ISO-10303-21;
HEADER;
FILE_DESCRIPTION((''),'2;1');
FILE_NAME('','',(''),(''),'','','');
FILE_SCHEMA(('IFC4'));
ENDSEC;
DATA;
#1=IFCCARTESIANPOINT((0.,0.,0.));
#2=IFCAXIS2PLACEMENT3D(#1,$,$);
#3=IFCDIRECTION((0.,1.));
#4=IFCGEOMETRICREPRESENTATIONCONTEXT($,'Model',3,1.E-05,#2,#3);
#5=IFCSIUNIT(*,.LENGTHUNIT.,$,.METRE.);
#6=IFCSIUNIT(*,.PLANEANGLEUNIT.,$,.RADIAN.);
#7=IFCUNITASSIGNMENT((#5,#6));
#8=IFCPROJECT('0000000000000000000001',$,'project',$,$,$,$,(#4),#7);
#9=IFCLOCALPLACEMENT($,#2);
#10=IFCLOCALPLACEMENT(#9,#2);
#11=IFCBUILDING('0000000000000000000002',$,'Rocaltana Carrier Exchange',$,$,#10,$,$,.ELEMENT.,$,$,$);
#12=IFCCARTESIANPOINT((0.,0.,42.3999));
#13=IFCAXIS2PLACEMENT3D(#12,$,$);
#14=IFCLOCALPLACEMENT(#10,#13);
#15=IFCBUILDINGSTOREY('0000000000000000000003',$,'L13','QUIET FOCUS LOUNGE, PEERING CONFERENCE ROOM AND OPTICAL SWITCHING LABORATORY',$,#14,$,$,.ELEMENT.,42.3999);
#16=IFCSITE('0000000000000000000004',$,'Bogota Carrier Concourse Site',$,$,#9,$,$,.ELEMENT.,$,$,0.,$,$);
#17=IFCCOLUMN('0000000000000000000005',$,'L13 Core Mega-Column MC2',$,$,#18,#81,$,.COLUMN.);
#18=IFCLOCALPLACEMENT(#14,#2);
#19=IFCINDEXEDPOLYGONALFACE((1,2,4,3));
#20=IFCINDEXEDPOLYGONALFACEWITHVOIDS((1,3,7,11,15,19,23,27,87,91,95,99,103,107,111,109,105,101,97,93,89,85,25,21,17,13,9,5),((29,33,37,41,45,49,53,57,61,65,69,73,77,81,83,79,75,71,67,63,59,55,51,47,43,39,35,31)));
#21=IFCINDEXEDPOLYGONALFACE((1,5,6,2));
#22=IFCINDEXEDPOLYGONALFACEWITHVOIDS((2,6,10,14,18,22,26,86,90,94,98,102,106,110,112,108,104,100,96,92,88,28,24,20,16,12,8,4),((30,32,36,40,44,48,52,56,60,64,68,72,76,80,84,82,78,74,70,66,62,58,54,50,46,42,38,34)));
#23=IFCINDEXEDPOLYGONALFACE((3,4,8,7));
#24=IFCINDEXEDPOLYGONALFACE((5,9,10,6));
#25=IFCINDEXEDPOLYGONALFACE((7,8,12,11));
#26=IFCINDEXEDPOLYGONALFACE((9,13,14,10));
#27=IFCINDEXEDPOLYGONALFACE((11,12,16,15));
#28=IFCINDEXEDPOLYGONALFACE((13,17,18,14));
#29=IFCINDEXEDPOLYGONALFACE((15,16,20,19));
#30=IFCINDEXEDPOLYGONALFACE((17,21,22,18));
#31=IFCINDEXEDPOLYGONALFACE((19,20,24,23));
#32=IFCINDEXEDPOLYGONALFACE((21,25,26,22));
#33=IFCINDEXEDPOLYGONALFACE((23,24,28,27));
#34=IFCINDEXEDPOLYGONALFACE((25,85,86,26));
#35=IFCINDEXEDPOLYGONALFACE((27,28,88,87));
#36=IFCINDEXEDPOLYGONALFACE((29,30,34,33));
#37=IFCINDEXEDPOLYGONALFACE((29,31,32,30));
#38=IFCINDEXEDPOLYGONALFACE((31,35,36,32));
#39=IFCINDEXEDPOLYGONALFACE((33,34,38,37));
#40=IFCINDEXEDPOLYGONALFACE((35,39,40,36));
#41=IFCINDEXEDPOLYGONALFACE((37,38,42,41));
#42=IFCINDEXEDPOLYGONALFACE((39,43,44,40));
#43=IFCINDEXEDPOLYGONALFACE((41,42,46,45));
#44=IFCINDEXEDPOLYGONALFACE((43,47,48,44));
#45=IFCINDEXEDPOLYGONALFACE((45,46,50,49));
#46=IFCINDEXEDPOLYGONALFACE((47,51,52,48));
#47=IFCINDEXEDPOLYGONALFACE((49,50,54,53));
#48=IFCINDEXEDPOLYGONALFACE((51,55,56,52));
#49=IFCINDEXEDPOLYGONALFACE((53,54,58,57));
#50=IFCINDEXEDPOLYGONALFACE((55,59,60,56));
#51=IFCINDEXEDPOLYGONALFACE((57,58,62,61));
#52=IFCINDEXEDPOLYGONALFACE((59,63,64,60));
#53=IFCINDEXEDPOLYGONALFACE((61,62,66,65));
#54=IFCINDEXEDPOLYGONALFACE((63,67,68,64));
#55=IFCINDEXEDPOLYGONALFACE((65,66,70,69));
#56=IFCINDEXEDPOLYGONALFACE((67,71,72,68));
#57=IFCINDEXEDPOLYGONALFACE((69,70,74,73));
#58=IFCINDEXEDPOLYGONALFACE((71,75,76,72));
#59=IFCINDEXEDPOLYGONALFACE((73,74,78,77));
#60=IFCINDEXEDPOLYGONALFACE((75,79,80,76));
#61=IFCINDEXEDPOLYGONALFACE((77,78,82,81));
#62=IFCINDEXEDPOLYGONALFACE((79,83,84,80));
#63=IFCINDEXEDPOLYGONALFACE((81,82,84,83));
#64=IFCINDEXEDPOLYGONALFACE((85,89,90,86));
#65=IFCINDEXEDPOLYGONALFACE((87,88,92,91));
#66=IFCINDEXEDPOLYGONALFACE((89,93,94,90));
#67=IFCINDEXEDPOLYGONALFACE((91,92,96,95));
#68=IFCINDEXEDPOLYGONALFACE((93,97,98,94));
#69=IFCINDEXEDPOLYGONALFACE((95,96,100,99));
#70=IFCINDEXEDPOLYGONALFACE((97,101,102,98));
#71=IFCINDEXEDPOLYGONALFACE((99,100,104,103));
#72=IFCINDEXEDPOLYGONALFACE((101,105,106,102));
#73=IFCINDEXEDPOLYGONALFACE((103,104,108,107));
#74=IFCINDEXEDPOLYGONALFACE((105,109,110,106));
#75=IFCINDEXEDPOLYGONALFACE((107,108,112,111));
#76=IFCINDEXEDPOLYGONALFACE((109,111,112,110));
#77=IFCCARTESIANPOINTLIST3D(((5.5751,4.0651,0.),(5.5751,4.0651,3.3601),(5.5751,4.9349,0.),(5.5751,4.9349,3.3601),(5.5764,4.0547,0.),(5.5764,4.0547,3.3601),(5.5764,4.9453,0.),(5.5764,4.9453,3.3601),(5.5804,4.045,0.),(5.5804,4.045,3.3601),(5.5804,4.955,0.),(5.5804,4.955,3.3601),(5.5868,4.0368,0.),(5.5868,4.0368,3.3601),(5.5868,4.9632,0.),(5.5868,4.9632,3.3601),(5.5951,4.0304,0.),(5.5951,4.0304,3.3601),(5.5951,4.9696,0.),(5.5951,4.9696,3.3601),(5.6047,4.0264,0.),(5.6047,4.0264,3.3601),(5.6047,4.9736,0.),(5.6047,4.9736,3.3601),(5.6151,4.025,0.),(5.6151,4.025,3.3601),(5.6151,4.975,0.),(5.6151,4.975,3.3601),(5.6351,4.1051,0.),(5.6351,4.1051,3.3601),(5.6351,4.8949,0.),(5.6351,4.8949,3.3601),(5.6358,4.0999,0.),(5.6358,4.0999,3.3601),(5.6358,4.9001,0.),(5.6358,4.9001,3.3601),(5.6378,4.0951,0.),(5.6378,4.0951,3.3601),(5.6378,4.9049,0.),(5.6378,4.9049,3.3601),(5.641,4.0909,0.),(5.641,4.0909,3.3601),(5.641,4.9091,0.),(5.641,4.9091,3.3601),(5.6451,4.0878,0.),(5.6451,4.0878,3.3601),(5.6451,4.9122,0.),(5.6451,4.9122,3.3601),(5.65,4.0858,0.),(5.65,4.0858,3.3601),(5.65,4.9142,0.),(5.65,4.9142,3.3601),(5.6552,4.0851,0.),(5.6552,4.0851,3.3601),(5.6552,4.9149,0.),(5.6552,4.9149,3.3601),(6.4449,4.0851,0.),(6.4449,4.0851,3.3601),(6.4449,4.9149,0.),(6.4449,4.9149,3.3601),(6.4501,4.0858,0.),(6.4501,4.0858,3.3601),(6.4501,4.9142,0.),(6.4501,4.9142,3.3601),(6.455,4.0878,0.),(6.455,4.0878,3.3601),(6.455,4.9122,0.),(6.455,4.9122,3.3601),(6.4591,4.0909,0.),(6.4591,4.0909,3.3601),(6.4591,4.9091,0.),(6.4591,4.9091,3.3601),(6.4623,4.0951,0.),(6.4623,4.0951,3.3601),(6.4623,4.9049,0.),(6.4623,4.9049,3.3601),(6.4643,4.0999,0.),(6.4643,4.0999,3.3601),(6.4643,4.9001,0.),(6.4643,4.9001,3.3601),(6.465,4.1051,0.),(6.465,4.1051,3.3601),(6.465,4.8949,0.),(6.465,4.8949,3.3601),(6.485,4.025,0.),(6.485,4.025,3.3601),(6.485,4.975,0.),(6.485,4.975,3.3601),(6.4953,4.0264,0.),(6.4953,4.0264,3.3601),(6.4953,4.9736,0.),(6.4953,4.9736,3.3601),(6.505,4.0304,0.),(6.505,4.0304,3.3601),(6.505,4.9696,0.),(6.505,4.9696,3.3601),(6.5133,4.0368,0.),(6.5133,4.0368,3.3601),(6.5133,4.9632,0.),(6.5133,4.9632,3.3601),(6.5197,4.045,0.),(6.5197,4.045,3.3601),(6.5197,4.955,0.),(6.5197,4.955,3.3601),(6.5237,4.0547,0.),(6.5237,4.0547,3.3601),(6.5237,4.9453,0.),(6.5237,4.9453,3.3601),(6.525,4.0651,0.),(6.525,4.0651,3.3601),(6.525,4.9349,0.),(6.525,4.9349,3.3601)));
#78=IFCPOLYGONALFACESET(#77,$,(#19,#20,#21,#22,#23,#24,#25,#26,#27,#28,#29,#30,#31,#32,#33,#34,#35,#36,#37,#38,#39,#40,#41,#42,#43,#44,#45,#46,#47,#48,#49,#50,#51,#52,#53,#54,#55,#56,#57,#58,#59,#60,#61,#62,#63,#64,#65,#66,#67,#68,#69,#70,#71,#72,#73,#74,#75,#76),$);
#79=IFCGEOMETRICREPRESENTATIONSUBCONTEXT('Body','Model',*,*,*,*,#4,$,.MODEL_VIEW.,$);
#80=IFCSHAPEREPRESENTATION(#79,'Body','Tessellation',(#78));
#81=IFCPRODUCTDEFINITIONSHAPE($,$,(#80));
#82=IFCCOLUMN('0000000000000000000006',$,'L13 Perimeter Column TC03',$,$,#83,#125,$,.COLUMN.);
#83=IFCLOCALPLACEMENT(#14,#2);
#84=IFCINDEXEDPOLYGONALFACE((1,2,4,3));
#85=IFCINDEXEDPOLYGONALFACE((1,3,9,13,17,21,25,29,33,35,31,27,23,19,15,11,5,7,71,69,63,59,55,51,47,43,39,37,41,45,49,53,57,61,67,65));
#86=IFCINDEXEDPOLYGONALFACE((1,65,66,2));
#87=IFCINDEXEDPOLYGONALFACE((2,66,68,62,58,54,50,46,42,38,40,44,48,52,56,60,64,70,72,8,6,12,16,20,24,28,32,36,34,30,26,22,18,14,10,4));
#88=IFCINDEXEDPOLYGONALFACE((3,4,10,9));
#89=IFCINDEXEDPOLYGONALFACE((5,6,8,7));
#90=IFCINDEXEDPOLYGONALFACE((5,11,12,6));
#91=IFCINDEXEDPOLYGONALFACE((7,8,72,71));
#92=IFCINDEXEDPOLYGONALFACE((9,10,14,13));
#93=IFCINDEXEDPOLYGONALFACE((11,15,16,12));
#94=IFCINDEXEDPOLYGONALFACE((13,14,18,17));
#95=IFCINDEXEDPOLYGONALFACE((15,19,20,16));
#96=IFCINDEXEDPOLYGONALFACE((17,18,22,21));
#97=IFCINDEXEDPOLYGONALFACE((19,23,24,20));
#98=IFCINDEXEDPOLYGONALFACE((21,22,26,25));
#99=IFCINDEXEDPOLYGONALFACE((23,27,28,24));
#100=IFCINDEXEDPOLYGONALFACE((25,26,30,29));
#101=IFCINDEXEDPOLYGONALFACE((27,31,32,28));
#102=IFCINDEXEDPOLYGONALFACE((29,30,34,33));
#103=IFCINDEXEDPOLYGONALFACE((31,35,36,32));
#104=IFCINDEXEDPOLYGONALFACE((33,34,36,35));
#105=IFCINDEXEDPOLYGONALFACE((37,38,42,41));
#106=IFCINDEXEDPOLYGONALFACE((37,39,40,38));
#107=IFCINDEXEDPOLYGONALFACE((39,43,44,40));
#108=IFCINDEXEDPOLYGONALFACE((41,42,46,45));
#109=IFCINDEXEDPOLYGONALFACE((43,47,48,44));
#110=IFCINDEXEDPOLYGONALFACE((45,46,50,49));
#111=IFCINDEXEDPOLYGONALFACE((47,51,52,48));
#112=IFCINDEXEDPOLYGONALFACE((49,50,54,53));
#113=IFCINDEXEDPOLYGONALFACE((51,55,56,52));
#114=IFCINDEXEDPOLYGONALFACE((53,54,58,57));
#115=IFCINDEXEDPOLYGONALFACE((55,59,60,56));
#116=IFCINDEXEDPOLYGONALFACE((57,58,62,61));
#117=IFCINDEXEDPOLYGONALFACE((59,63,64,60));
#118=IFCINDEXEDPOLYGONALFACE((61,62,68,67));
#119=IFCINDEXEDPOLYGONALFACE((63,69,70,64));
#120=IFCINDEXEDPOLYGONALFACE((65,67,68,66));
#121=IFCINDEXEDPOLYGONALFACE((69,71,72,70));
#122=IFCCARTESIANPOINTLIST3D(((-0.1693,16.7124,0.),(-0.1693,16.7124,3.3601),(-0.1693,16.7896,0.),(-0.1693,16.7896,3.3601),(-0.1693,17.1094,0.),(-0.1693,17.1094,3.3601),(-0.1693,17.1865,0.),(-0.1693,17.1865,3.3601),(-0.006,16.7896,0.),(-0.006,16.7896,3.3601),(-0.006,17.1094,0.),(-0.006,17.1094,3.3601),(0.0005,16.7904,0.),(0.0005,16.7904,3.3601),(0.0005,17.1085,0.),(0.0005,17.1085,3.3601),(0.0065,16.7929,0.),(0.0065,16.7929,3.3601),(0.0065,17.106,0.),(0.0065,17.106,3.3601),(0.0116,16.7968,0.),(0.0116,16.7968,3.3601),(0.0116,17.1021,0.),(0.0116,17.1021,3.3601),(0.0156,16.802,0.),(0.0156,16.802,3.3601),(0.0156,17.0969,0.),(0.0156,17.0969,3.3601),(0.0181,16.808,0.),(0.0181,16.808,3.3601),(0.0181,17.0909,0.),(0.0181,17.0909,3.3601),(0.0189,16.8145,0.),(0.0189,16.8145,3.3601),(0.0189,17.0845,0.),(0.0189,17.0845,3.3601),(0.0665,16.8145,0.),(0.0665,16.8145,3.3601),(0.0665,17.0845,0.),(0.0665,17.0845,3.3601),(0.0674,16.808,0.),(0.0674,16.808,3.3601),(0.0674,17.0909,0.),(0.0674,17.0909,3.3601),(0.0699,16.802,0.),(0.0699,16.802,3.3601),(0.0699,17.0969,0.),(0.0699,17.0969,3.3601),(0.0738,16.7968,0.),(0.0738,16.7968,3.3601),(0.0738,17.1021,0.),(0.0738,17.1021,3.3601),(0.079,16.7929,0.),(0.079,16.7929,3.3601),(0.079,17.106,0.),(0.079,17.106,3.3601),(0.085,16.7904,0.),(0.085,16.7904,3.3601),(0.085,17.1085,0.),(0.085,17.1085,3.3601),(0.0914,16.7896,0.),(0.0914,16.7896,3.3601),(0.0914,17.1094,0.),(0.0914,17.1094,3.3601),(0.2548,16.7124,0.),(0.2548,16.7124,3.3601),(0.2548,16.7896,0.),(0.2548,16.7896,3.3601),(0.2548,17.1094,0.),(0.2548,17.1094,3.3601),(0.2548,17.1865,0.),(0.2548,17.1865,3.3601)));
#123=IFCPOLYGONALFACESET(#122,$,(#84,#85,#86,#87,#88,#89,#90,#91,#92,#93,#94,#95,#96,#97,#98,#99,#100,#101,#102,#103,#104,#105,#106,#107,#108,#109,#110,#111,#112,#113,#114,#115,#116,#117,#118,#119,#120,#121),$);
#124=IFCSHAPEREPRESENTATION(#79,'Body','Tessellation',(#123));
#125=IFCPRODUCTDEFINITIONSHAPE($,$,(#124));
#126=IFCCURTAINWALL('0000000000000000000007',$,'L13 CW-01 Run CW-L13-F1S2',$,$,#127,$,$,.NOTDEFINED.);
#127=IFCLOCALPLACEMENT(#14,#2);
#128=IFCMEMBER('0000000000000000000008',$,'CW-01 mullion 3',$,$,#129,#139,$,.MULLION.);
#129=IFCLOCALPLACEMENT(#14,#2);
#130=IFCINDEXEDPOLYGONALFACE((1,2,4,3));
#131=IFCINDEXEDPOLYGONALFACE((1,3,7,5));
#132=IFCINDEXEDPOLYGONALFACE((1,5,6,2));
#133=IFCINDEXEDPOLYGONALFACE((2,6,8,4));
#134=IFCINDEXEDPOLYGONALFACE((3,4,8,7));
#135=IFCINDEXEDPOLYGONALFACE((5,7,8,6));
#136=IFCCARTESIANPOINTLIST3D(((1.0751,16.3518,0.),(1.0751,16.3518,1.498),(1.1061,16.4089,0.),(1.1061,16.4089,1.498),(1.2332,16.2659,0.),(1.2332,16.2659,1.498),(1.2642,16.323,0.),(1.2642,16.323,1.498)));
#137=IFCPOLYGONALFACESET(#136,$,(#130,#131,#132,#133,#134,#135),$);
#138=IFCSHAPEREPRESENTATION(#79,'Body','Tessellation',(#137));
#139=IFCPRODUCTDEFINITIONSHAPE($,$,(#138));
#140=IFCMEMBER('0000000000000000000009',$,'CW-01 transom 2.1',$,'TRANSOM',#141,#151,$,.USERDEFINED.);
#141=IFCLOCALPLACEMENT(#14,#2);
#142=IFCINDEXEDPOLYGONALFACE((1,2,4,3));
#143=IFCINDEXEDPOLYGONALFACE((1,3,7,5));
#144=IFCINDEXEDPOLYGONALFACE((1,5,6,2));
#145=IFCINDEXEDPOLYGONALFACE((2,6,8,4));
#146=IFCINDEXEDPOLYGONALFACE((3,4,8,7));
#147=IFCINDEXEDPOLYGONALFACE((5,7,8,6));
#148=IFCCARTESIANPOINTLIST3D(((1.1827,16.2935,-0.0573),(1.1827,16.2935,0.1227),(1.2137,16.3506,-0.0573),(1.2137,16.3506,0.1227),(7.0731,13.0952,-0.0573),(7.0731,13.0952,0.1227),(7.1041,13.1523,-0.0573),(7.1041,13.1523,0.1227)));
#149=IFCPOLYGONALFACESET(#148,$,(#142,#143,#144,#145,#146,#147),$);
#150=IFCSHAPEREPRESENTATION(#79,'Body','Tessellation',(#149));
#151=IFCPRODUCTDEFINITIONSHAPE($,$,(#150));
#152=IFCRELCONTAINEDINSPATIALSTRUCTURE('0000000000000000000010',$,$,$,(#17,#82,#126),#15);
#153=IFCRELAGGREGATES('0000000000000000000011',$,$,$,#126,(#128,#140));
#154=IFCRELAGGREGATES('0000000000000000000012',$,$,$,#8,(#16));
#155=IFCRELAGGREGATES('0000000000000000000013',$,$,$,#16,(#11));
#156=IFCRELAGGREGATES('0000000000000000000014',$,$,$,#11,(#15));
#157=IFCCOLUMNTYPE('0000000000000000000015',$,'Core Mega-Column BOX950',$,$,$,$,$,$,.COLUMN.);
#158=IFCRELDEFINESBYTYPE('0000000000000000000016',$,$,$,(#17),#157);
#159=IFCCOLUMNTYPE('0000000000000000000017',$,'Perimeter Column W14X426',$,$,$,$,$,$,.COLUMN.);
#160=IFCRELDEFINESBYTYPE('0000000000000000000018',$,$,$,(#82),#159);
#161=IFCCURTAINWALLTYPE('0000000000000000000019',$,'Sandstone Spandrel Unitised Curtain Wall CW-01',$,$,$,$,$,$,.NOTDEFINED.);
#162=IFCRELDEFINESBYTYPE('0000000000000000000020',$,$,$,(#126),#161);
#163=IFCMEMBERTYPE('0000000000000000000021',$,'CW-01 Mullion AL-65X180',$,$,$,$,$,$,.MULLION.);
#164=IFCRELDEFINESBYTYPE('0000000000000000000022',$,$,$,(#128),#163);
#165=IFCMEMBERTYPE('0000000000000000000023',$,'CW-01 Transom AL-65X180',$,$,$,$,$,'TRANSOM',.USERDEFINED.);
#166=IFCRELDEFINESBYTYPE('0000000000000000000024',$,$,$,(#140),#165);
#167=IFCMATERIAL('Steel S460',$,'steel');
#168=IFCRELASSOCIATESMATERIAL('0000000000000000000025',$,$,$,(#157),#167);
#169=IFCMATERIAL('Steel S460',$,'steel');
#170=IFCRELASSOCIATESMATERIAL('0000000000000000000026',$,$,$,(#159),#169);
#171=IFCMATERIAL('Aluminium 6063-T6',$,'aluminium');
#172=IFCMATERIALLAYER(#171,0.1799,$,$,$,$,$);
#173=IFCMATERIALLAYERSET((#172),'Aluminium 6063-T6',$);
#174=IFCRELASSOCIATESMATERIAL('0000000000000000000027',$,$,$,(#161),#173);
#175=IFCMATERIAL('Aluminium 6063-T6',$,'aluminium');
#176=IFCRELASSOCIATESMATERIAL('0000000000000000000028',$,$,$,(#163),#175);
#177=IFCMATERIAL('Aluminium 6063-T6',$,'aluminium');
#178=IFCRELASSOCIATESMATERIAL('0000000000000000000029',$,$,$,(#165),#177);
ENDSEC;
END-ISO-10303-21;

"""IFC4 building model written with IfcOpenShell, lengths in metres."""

from ifc_helpers import new_model, si_unit, direction, frame, origin, origin_2d, place, context, subcontext, project, spatial, rectangle, hollow_rectangle, i_section, extrude, material, layer, layer_set, material_profile, profile_set, type_object, element, aggregate, save


model = new_model("IFC4")

# Units and contexts
model_context = context("Model", 3, precision=1e-05, world=origin(), true_north=direction((0.0, 1.0)))
body_context = subcontext(model_context, "Body", "Model", "MODEL_VIEW")
ifc_project = project(units=[si_unit("LENGTHUNIT", "METRE"), si_unit("PLANEANGLEUNIT", "RADIAN")], contexts=[model_context])

# Site, building, storey
site_placement = place(None, origin())
site = spatial("IfcSite", under=ifc_project, at=site_placement, Name="Bogota Carrier Concourse Site", CompositionType="ELEMENT", RefElevation=0.0)
building_placement = place(site_placement, origin())
building = spatial("IfcBuilding", under=site, at=building_placement, Name="Rocaltana Carrier Exchange", CompositionType="ELEMENT")
storey_placement = place(building_placement, frame((0.0, 0.0, 42.3999)))
storey = spatial("IfcBuildingStorey", under=building, at=storey_placement, Name="L13", Description="QUIET FOCUS LOUNGE, PEERING CONFERENCE ROOM AND OPTICAL SWITCHING LABORATORY", CompositionType="ELEMENT", Elevation=42.3999)

# Columns
ifc_material_1 = material(Name="Steel S460", Category="steel")
ifc_material_profile_1 = material_profile(ifc_material_1, hollow_rectangle(XDim=0.95, YDim=0.95, WallThickness=0.0601, InnerFilletRadius=0.02, OuterFilletRadius=0.04, at=origin_2d()), Name="BOX950X950X60")
ifc_profile_set_1 = profile_set([ifc_material_profile_1], Name="Steel S460")
column_type_1 = type_object("IfcColumnType", Name="Core Mega-Column BOX950", PredefinedType="COLUMN", material=ifc_profile_set_1)
column_1_placement = place(storey_placement, frame((6.05, 4.5, 0.0), z_axis=(0.0, 0.0, 1.0), x_axis=(1.0, 0.0, 0.0)))
element("IfcColumn", 1, at=column_1_placement, inside=storey, type_object=column_type_1, Name="L13 Core Mega-Column MC2", PredefinedType="COLUMN", context=body_context, shape_type="SweptSolid", body=[
    extrude(hollow_rectangle(XDim=0.95, YDim=0.95, WallThickness=0.0601, InnerFilletRadius=0.02, OuterFilletRadius=0.04, at=origin_2d()), origin(), (0.0, 0.0, 1.0), 3.3601),
])
ifc_material_2 = material(Name="Steel S460", Category="steel")
ifc_material_profile_2 = material_profile(ifc_material_2, i_section(OverallWidth=0.4241, OverallDepth=0.4741, WebThickness=0.0476, FlangeThickness=0.0771, FilletRadius=0.0249, at=origin_2d()), Name="W14X426")
ifc_profile_set_2 = profile_set([ifc_material_profile_2], Name="Steel S460")
column_type_2 = type_object("IfcColumnType", Name="Perimeter Column W14X426", PredefinedType="COLUMN", material=ifc_profile_set_2)
column_2_placement = place(storey_placement, frame((0.0427, 16.9495, 0.0), z_axis=(0.0, 0.0, 1.0), x_axis=(1.0, 0.0, 0.0)))
element("IfcColumn", 2, at=column_2_placement, inside=storey, type_object=column_type_2, Name="L13 Perimeter Column TC03", PredefinedType="COLUMN", context=body_context, shape_type="SweptSolid", body=[
    extrude(i_section(OverallWidth=0.4241, OverallDepth=0.4741, WebThickness=0.0476, FlangeThickness=0.0771, FilletRadius=0.0249, at=origin_2d()), origin(), (0.0, 0.0, 1.0), 3.3601),
])

# Curtain wall, members
ifc_material_3 = material(Name="Aluminium 6063-T6", Category="aluminium")
ifc_layer_1 = layer(ifc_material_3, 0.1799)
ifc_layer_set_1 = layer_set([ifc_layer_1], Name="Aluminium 6063-T6")
curtain_wall_type = type_object("IfcCurtainWallType", Name="Sandstone Spandrel Unitised Curtain Wall CW-01", PredefinedType="NOTDEFINED", material=ifc_layer_set_1)
curtain_wall_placement = place(storey_placement, origin())
curtain_wall = element("IfcCurtainWall", 3, at=curtain_wall_placement, inside=storey, type_object=curtain_wall_type, Name="L13 CW-01 Run CW-L13-F1S2", PredefinedType="NOTDEFINED")
ifc_material_4 = material(Name="Aluminium 6063-T6", Category="aluminium")
ifc_material_profile_3 = material_profile(ifc_material_4, rectangle(XDim=0.0649, YDim=0.1799, at=origin_2d()), Name="AL-65X180")
ifc_profile_set_3 = profile_set([ifc_material_profile_3], Name="Aluminium 6063-T6")
member_type_1 = type_object("IfcMemberType", Name="CW-01 Mullion AL-65X180", PredefinedType="MULLION", material=ifc_profile_set_3)
member_1_placement = place(storey_placement, frame((1.1697, 16.3374, 0.0), z_axis=(0.0, 0.0, 1.0), x_axis=(-0.477164, -0.878814, 0.0)))
member_1 = element("IfcMember", 4, at=member_1_placement, type_object=member_type_1, Name="CW-01 mullion 3", PredefinedType="MULLION", context=body_context, shape_type="SweptSolid", body=[
    extrude(rectangle(XDim=0.0649, YDim=0.1799, at=origin_2d()), origin(), (0.0, 0.0, 1.0), 1.498),
])
ifc_material_5 = material(Name="Aluminium 6063-T6", Category="aluminium")
ifc_material_profile_4 = material_profile(ifc_material_5, rectangle(XDim=0.0649, YDim=0.1799, at=origin_2d()), Name="AL-65X180")
ifc_profile_set_4 = profile_set([ifc_material_profile_4], Name="Aluminium 6063-T6")
member_type_2 = type_object("IfcMemberType", Name="CW-01 Transom AL-65X180", ElementType="TRANSOM", PredefinedType="USERDEFINED", material=ifc_profile_set_4)
member_2_placement = place(storey_placement, frame((7.0886, 13.1238, 0.0327), z_axis=(-0.878815, 0.477162, 0.0), x_axis=(-0.477162, -0.878815, 0.0)))
member_2 = element("IfcMember", 5, at=member_2_placement, type_object=member_type_2, Name="CW-01 transom 2.1", ObjectType="TRANSOM", PredefinedType="USERDEFINED", context=body_context, shape_type="SweptSolid", body=[
    extrude(rectangle(XDim=0.0649, YDim=0.1799, at=origin_2d()), origin(), (0.0, 0.0, 1.0), 6.7026),
])

aggregate(curtain_wall, [member_1, member_2])

save(model, "model.ifc")
